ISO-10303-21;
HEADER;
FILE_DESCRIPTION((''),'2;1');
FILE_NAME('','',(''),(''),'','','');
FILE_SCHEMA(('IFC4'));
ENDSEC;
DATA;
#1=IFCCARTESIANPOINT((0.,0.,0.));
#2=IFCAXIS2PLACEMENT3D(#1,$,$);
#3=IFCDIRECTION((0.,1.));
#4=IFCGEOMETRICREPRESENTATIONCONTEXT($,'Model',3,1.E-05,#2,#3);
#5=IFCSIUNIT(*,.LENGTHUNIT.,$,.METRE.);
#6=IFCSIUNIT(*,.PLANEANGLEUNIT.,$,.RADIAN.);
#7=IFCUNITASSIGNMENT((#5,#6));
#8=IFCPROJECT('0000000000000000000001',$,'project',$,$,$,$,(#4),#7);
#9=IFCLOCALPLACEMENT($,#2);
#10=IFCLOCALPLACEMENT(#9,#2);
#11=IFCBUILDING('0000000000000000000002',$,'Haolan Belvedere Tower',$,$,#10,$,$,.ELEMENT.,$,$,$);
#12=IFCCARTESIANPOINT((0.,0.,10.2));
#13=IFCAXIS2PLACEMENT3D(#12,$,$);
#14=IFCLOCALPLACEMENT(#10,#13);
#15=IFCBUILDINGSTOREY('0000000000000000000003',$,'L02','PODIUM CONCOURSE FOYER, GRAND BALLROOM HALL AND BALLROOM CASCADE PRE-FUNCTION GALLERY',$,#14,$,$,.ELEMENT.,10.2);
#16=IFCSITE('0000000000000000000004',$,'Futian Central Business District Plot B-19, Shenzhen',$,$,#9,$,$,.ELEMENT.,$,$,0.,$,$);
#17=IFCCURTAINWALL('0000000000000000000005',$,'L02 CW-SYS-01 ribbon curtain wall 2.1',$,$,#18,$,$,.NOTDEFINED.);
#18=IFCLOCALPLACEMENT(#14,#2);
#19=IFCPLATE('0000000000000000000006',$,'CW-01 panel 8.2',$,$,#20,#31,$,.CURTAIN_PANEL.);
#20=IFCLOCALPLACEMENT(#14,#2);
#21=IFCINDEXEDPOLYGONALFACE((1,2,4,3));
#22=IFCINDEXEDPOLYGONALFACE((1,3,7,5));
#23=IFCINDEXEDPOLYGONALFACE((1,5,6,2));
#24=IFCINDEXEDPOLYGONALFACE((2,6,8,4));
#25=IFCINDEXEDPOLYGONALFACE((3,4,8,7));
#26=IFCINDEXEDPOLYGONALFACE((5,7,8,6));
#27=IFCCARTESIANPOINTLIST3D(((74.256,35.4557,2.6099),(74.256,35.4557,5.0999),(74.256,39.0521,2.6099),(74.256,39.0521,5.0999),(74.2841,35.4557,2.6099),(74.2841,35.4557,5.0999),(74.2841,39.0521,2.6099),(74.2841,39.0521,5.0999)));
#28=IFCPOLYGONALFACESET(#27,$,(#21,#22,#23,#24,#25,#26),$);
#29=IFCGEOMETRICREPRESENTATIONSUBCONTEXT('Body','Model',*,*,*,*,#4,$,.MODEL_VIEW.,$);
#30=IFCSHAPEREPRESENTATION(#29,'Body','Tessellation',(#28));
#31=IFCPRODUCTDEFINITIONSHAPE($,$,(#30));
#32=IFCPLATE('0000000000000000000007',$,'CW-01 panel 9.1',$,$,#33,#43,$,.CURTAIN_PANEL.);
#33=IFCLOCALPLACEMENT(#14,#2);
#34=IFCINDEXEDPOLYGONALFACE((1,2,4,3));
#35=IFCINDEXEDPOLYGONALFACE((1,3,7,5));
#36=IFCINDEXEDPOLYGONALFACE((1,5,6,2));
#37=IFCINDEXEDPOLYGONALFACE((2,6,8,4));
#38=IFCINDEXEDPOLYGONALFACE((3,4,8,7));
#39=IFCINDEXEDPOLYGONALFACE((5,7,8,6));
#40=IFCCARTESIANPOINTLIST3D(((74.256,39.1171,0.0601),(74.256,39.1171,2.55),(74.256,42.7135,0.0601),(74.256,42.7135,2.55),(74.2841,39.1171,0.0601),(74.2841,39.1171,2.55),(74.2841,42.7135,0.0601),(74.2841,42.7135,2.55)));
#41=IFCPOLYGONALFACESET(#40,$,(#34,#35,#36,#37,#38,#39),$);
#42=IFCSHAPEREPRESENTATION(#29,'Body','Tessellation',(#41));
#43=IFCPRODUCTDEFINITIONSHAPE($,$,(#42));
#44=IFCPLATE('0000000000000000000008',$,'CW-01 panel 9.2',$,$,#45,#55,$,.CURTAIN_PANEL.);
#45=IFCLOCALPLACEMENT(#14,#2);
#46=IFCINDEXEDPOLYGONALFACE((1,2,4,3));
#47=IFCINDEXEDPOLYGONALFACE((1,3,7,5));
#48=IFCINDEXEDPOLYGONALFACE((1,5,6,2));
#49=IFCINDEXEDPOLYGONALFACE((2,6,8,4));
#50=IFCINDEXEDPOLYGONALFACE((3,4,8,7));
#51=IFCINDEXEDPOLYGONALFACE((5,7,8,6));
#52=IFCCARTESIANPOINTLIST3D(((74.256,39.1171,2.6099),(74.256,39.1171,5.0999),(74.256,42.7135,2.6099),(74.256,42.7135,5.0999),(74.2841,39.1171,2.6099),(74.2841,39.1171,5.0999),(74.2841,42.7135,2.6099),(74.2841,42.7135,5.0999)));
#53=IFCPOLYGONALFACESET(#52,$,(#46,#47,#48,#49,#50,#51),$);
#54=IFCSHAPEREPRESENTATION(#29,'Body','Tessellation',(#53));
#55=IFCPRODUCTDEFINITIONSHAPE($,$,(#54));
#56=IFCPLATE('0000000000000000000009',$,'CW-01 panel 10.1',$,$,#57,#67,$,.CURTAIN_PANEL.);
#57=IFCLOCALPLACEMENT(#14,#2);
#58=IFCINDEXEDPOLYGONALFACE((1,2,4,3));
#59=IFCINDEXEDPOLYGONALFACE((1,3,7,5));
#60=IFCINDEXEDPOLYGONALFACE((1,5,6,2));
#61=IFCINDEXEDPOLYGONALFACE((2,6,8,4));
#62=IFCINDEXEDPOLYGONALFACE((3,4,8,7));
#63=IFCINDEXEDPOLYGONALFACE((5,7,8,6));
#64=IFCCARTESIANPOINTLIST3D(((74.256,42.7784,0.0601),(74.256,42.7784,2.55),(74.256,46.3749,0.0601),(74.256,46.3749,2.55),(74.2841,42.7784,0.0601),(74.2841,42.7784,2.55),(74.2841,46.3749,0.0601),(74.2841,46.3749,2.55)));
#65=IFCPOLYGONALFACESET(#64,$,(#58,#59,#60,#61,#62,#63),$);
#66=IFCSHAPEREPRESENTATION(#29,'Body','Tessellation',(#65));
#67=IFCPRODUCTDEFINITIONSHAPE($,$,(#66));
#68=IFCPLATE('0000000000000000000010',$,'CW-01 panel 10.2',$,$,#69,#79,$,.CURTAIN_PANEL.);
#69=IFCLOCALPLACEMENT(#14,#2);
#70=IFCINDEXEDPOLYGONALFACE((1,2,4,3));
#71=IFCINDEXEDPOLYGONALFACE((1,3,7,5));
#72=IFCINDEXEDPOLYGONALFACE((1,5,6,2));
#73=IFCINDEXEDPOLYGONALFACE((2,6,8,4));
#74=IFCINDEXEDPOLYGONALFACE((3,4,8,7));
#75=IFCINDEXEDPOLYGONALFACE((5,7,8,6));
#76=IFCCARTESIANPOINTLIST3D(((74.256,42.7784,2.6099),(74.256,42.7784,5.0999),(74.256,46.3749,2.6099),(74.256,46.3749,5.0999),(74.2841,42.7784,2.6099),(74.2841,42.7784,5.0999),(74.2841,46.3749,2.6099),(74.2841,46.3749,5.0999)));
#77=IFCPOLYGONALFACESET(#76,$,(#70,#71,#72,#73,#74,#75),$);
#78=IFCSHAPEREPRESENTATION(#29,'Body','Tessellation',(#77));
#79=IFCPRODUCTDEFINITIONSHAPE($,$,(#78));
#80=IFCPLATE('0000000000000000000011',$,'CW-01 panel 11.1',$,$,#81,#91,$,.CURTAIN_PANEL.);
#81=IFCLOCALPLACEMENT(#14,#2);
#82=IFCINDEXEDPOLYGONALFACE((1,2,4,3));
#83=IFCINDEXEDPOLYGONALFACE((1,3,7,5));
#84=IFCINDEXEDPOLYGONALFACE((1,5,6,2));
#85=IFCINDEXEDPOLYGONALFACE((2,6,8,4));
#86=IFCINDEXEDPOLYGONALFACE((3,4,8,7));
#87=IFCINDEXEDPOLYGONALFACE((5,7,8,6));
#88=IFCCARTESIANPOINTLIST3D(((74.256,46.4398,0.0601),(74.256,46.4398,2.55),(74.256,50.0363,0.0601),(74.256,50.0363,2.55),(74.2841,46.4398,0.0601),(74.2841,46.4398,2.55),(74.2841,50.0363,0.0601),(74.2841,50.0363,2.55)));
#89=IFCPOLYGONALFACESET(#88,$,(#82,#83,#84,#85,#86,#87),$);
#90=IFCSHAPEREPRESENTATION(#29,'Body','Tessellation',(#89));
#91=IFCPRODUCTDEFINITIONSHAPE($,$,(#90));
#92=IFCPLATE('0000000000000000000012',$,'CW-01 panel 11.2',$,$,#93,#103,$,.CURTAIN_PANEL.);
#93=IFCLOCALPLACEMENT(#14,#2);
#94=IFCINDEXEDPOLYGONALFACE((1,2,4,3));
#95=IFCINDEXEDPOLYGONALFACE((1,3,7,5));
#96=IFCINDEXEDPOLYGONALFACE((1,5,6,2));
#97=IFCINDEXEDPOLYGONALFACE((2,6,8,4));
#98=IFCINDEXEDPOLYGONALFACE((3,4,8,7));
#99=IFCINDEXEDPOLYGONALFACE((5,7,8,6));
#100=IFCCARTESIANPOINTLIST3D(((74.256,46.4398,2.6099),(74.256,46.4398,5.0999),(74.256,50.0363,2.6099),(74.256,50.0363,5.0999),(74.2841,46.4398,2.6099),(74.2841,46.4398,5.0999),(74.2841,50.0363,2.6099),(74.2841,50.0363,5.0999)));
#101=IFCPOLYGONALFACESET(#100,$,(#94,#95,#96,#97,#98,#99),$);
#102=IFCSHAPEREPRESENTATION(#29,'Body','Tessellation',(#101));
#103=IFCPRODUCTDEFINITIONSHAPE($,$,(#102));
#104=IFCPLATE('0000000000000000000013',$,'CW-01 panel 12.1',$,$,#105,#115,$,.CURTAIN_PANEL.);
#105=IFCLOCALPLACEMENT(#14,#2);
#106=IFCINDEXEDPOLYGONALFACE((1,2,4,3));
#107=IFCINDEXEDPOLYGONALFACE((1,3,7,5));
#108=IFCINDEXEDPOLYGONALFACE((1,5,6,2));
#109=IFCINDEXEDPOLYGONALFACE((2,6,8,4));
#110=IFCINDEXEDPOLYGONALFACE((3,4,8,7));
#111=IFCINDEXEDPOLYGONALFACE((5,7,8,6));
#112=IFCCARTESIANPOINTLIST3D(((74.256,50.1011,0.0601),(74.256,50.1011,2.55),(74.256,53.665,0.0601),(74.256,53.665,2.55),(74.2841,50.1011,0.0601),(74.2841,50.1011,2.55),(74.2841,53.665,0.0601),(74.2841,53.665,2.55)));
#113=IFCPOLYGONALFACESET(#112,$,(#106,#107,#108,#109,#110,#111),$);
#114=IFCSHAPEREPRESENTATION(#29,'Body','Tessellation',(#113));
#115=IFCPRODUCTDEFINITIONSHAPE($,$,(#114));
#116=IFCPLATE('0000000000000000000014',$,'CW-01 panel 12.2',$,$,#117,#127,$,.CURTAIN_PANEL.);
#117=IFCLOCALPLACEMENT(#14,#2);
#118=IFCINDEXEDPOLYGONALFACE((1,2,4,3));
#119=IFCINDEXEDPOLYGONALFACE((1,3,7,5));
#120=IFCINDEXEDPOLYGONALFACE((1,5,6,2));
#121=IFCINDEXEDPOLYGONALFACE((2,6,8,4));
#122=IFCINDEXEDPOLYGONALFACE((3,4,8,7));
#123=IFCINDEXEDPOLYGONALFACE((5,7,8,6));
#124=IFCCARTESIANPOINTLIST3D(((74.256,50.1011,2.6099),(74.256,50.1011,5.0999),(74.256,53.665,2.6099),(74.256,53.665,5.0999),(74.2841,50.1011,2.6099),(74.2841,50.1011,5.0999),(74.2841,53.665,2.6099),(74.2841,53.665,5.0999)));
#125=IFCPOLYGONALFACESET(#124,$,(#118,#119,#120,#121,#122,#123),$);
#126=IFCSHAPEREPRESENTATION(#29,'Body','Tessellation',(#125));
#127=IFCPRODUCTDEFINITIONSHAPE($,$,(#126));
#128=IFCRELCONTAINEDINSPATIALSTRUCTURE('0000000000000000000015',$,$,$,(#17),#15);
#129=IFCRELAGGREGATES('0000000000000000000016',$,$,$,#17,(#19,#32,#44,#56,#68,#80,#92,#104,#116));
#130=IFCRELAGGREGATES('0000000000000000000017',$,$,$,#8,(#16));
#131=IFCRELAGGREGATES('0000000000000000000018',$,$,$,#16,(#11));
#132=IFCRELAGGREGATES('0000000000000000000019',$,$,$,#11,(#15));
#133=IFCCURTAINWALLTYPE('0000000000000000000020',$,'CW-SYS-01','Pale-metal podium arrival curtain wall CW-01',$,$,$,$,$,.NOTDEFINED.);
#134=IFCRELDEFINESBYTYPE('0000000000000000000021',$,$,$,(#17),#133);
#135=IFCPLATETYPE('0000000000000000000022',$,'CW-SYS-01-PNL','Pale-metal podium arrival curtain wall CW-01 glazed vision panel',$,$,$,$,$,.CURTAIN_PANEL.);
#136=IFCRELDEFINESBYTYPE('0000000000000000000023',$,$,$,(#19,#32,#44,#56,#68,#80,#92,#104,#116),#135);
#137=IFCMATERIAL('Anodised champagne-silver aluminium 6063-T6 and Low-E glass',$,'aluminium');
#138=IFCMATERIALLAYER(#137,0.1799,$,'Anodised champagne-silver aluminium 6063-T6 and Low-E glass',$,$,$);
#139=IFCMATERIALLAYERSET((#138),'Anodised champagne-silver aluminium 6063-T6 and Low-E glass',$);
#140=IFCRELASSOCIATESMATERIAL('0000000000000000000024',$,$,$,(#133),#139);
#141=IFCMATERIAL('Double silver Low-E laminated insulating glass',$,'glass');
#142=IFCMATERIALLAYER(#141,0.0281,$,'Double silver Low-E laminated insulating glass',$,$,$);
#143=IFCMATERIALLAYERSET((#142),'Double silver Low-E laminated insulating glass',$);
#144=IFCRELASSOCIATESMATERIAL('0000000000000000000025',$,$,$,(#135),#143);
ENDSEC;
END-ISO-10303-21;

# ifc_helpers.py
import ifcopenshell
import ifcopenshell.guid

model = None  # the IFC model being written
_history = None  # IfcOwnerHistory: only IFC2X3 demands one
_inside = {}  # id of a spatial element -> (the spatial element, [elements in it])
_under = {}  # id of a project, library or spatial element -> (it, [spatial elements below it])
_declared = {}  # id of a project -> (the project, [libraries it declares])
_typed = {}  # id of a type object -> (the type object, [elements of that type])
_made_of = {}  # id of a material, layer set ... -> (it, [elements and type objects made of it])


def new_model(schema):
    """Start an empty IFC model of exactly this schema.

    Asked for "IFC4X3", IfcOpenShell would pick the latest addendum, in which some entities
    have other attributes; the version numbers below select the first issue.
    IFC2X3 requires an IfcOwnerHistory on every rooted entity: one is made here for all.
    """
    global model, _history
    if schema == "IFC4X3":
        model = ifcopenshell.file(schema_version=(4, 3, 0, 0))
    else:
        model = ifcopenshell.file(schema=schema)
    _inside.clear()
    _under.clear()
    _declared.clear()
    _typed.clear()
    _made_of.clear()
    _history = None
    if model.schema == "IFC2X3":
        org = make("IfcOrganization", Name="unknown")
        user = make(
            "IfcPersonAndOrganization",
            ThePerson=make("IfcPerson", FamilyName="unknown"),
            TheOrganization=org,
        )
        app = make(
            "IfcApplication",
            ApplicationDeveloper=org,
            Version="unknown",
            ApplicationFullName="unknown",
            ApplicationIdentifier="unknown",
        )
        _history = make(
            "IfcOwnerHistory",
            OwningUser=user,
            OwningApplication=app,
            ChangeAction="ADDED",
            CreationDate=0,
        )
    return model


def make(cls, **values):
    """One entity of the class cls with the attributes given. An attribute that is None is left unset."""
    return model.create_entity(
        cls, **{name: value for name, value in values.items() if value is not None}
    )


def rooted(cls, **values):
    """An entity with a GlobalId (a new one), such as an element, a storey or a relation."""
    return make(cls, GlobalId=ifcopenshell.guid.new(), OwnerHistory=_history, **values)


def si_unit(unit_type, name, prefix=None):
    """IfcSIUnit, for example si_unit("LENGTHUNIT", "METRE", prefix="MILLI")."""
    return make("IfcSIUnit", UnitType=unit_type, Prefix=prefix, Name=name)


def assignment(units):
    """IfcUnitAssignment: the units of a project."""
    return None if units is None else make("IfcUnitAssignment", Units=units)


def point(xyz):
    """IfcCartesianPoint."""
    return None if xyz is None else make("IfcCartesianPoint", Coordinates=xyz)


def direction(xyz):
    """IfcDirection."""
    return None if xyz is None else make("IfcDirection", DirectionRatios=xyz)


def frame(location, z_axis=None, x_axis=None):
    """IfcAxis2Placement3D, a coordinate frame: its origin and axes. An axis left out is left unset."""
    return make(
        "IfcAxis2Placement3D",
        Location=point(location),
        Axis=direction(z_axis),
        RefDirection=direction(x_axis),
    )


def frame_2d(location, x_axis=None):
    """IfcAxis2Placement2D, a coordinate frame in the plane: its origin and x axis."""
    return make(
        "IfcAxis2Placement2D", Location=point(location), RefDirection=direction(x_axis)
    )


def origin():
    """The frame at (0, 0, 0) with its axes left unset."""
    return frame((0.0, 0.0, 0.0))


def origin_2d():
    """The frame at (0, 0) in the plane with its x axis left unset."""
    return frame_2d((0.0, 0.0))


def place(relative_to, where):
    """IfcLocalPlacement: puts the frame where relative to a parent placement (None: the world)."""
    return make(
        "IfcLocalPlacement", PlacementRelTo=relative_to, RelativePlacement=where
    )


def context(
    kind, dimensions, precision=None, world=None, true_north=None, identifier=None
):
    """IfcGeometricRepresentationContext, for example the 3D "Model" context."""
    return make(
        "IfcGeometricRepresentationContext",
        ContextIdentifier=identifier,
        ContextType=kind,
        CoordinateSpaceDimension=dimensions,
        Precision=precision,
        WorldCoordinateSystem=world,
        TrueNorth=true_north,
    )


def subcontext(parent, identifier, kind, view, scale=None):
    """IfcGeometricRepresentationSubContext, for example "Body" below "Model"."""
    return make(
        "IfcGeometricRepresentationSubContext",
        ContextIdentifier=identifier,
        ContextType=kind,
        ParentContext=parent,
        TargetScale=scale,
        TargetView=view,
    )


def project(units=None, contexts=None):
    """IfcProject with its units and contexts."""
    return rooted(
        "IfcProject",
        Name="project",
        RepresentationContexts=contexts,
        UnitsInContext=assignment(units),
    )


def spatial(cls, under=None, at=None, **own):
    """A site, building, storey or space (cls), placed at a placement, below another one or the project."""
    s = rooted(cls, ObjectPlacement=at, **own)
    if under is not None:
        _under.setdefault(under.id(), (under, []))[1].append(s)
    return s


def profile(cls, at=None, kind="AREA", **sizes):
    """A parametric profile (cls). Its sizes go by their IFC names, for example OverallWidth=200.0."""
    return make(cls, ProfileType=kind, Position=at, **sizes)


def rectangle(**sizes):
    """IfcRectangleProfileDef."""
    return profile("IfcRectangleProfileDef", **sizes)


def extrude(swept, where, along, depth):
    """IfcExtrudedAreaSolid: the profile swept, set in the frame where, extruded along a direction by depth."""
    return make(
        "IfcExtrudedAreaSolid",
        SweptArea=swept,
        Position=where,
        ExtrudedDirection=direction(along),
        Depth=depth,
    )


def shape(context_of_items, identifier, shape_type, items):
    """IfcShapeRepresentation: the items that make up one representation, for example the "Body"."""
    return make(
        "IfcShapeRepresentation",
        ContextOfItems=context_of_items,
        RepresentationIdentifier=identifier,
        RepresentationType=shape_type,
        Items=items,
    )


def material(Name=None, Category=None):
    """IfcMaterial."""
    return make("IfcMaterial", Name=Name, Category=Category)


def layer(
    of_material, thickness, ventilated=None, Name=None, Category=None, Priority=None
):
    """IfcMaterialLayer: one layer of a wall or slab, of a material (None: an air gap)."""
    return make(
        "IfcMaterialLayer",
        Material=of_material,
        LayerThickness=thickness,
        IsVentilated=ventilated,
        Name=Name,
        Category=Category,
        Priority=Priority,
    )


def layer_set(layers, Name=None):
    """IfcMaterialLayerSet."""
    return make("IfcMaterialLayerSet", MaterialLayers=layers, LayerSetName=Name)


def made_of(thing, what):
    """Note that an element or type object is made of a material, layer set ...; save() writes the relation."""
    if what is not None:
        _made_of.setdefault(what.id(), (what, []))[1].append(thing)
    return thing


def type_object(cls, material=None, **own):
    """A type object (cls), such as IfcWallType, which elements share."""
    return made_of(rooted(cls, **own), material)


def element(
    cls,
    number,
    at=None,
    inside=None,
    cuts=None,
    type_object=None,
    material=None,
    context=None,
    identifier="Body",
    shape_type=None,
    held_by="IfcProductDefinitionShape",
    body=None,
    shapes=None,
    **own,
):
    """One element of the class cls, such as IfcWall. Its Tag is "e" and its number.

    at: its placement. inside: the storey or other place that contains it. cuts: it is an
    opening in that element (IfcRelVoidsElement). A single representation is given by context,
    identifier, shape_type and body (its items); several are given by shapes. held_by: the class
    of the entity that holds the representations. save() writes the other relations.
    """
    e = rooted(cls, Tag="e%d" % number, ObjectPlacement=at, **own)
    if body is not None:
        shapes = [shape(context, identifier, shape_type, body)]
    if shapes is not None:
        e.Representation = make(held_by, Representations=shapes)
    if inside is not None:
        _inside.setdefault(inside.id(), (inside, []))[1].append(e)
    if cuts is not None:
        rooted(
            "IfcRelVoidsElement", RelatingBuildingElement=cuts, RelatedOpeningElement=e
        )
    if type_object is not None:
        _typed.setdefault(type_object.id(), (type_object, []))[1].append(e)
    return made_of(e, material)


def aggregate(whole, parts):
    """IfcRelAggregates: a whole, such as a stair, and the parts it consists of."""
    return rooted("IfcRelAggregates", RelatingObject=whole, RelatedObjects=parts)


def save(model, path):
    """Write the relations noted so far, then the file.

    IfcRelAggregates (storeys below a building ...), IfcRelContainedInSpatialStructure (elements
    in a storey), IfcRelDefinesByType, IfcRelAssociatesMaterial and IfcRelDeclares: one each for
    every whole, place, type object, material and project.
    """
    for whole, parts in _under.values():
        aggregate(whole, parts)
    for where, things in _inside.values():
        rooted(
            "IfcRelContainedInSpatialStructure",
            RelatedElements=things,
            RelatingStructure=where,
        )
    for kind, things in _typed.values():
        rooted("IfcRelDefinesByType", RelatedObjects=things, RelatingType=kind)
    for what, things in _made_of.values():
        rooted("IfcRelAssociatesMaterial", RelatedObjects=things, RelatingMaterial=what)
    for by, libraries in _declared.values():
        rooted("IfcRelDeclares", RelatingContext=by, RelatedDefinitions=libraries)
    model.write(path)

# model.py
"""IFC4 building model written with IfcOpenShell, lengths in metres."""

from ifc_helpers import new_model, si_unit, direction, frame, origin, origin_2d, place, context, subcontext, project, spatial, rectangle, extrude, material, layer, layer_set, type_object, element, aggregate, save


model = new_model("IFC4")

# Units and contexts
model_context = context("Model", 3, precision=1e-05, world=origin(), true_north=direction((0.0, 1.0)))
body_context = subcontext(model_context, "Body", "Model", "MODEL_VIEW")
ifc_project = project(units=[si_unit("LENGTHUNIT", "METRE"), si_unit("PLANEANGLEUNIT", "RADIAN")], contexts=[model_context])

# Site, building, storey
site_placement = place(None, origin())
site = spatial("IfcSite", under=ifc_project, at=site_placement, Name="Futian Central Business District Plot B-19, Shenzhen", CompositionType="ELEMENT", RefElevation=0.0)
building_placement = place(site_placement, origin())
building = spatial("IfcBuilding", under=site, at=building_placement, Name="Haolan Belvedere Tower", CompositionType="ELEMENT")
storey_placement = place(building_placement, frame((0.0, 0.0, 10.2)))
storey = spatial("IfcBuildingStorey", under=building, at=storey_placement, Name="L02", Description="PODIUM CONCOURSE FOYER, GRAND BALLROOM HALL AND BALLROOM CASCADE PRE-FUNCTION GALLERY", CompositionType="ELEMENT", Elevation=10.2)

# Curtain wall
ifc_material_1 = material(Name="Anodised champagne-silver aluminium 6063-T6 and Low-E glass", Category="aluminium")
ifc_layer_1 = layer(ifc_material_1, 0.1799, Name="Anodised champagne-silver aluminium 6063-T6 and Low-E glass")
ifc_layer_set_1 = layer_set([ifc_layer_1], Name="Anodised champagne-silver aluminium 6063-T6 and Low-E glass")
curtain_wall_type = type_object("IfcCurtainWallType", Name="CW-SYS-01", Description="Pale-metal podium arrival curtain wall CW-01", PredefinedType="NOTDEFINED", material=ifc_layer_set_1)
curtain_wall_1_placement = place(storey_placement, origin())
curtain_wall_1 = element("IfcCurtainWall", 1, at=curtain_wall_1_placement, inside=storey, type_object=curtain_wall_type, Name="L02 CW-SYS-01 ribbon curtain wall 2.1", PredefinedType="NOTDEFINED")

# Plates
ifc_material_2 = material(Name="Double silver Low-E laminated insulating glass", Category="glass")
ifc_layer_2 = layer(ifc_material_2, 0.0281, Name="Double silver Low-E laminated insulating glass")
ifc_layer_set_2 = layer_set([ifc_layer_2], Name="Double silver Low-E laminated insulating glass")
plate_type = type_object("IfcPlateType", Name="CW-SYS-01-PNL", Description="Pale-metal podium arrival curtain wall CW-01 glazed vision panel", PredefinedType="CURTAIN_PANEL", material=ifc_layer_set_2)
plate_1_placement = place(storey_placement, frame((74.27, 37.2539, 2.6099), z_axis=(0.0, 0.0, 1.0), x_axis=(0.0, 1.0, 0.0)))
plate_1 = element("IfcPlate", 2, at=plate_1_placement, type_object=plate_type, Name="CW-01 panel 8.2", PredefinedType="CURTAIN_PANEL", context=body_context, shape_type="SweptSolid", body=[
    extrude(rectangle(XDim=3.5964, YDim=0.0281, at=origin_2d()), origin(), (0.0, 0.0, 1.0), 2.49),
])
plate_2_placement = place(storey_placement, frame((74.27, 40.9153, 0.0601), z_axis=(0.0, 0.0, 1.0), x_axis=(0.0, 1.0, 0.0)))
plate_2 = element("IfcPlate", 3, at=plate_2_placement, type_object=plate_type, Name="CW-01 panel 9.1", PredefinedType="CURTAIN_PANEL", context=body_context, shape_type="SweptSolid", body=[
    extrude(rectangle(XDim=3.5964, YDim=0.0281, at=origin_2d()), origin(), (0.0, 0.0, 1.0), 2.49),
])
plate_3_placement = place(storey_placement, frame((74.27, 40.9153, 2.6099), z_axis=(0.0, 0.0, 1.0), x_axis=(0.0, 1.0, 0.0)))
plate_3 = element("IfcPlate", 4, at=plate_3_placement, type_object=plate_type, Name="CW-01 panel 9.2", PredefinedType="CURTAIN_PANEL", context=body_context, shape_type="SweptSolid", body=[
    extrude(rectangle(XDim=3.5964, YDim=0.0281, at=origin_2d()), origin(), (0.0, 0.0, 1.0), 2.49),
])
plate_4_placement = place(storey_placement, frame((74.27, 44.5767, 0.0601), z_axis=(0.0, 0.0, 1.0), x_axis=(0.0, 1.0, 0.0)))
plate_4 = element("IfcPlate", 5, at=plate_4_placement, type_object=plate_type, Name="CW-01 panel 10.1", PredefinedType="CURTAIN_PANEL", context=body_context, shape_type="SweptSolid", body=[
    extrude(rectangle(XDim=3.5964, YDim=0.0281, at=origin_2d()), origin(), (0.0, 0.0, 1.0), 2.49),
])
plate_5_placement = place(storey_placement, frame((74.27, 44.5767, 2.6099), z_axis=(0.0, 0.0, 1.0), x_axis=(0.0, 1.0, 0.0)))
plate_5 = element("IfcPlate", 6, at=plate_5_placement, type_object=plate_type, Name="CW-01 panel 10.2", PredefinedType="CURTAIN_PANEL", context=body_context, shape_type="SweptSolid", body=[
    extrude(rectangle(XDim=3.5964, YDim=0.0281, at=origin_2d()), origin(), (0.0, 0.0, 1.0), 2.49),
])
plate_6_placement = place(storey_placement, frame((74.27, 48.238, 0.0601), z_axis=(0.0, 0.0, 1.0), x_axis=(0.0, 1.0, 0.0)))
plate_6 = element("IfcPlate", 7, at=plate_6_placement, type_object=plate_type, Name="CW-01 panel 11.1", PredefinedType="CURTAIN_PANEL", context=body_context, shape_type="SweptSolid", body=[
    extrude(rectangle(XDim=3.5964, YDim=0.0281, at=origin_2d()), origin(), (0.0, 0.0, 1.0), 2.49),
])
plate_7_placement = place(storey_placement, frame((74.27, 48.238, 2.6099), z_axis=(0.0, 0.0, 1.0), x_axis=(0.0, 1.0, 0.0)))
plate_7 = element("IfcPlate", 8, at=plate_7_placement, type_object=plate_type, Name="CW-01 panel 11.2", PredefinedType="CURTAIN_PANEL", context=body_context, shape_type="SweptSolid", body=[
    extrude(rectangle(XDim=3.5964, YDim=0.0281, at=origin_2d()), origin(), (0.0, 0.0, 1.0), 2.49),
])
plate_8_placement = place(storey_placement, frame((74.27, 51.8831, 0.0601), z_axis=(0.0, 0.0, 1.0), x_axis=(0.0, 1.0, 0.0)))
plate_8 = element("IfcPlate", 9, at=plate_8_placement, type_object=plate_type, Name="CW-01 panel 12.1", PredefinedType="CURTAIN_PANEL", context=body_context, shape_type="SweptSolid", body=[
    extrude(rectangle(XDim=3.564, YDim=0.0281, at=origin_2d()), origin(), (0.0, 0.0, 1.0), 2.49),
])
plate_9_placement = place(storey_placement, frame((74.27, 51.8831, 2.6099), z_axis=(0.0, 0.0, 1.0), x_axis=(0.0, 1.0, 0.0)))
plate_9 = element("IfcPlate", 10, at=plate_9_placement, type_object=plate_type, Name="CW-01 panel 12.2", PredefinedType="CURTAIN_PANEL", context=body_context, shape_type="SweptSolid", body=[
    extrude(rectangle(XDim=3.564, YDim=0.0281, at=origin_2d()), origin(), (0.0, 0.0, 1.0), 2.49),
])
aggregate(curtain_wall_1, [plate_1, plate_2, plate_3, plate_4, plate_5, plate_6, plate_7, plate_8, plate_9])

save(model, "model.ifc")
